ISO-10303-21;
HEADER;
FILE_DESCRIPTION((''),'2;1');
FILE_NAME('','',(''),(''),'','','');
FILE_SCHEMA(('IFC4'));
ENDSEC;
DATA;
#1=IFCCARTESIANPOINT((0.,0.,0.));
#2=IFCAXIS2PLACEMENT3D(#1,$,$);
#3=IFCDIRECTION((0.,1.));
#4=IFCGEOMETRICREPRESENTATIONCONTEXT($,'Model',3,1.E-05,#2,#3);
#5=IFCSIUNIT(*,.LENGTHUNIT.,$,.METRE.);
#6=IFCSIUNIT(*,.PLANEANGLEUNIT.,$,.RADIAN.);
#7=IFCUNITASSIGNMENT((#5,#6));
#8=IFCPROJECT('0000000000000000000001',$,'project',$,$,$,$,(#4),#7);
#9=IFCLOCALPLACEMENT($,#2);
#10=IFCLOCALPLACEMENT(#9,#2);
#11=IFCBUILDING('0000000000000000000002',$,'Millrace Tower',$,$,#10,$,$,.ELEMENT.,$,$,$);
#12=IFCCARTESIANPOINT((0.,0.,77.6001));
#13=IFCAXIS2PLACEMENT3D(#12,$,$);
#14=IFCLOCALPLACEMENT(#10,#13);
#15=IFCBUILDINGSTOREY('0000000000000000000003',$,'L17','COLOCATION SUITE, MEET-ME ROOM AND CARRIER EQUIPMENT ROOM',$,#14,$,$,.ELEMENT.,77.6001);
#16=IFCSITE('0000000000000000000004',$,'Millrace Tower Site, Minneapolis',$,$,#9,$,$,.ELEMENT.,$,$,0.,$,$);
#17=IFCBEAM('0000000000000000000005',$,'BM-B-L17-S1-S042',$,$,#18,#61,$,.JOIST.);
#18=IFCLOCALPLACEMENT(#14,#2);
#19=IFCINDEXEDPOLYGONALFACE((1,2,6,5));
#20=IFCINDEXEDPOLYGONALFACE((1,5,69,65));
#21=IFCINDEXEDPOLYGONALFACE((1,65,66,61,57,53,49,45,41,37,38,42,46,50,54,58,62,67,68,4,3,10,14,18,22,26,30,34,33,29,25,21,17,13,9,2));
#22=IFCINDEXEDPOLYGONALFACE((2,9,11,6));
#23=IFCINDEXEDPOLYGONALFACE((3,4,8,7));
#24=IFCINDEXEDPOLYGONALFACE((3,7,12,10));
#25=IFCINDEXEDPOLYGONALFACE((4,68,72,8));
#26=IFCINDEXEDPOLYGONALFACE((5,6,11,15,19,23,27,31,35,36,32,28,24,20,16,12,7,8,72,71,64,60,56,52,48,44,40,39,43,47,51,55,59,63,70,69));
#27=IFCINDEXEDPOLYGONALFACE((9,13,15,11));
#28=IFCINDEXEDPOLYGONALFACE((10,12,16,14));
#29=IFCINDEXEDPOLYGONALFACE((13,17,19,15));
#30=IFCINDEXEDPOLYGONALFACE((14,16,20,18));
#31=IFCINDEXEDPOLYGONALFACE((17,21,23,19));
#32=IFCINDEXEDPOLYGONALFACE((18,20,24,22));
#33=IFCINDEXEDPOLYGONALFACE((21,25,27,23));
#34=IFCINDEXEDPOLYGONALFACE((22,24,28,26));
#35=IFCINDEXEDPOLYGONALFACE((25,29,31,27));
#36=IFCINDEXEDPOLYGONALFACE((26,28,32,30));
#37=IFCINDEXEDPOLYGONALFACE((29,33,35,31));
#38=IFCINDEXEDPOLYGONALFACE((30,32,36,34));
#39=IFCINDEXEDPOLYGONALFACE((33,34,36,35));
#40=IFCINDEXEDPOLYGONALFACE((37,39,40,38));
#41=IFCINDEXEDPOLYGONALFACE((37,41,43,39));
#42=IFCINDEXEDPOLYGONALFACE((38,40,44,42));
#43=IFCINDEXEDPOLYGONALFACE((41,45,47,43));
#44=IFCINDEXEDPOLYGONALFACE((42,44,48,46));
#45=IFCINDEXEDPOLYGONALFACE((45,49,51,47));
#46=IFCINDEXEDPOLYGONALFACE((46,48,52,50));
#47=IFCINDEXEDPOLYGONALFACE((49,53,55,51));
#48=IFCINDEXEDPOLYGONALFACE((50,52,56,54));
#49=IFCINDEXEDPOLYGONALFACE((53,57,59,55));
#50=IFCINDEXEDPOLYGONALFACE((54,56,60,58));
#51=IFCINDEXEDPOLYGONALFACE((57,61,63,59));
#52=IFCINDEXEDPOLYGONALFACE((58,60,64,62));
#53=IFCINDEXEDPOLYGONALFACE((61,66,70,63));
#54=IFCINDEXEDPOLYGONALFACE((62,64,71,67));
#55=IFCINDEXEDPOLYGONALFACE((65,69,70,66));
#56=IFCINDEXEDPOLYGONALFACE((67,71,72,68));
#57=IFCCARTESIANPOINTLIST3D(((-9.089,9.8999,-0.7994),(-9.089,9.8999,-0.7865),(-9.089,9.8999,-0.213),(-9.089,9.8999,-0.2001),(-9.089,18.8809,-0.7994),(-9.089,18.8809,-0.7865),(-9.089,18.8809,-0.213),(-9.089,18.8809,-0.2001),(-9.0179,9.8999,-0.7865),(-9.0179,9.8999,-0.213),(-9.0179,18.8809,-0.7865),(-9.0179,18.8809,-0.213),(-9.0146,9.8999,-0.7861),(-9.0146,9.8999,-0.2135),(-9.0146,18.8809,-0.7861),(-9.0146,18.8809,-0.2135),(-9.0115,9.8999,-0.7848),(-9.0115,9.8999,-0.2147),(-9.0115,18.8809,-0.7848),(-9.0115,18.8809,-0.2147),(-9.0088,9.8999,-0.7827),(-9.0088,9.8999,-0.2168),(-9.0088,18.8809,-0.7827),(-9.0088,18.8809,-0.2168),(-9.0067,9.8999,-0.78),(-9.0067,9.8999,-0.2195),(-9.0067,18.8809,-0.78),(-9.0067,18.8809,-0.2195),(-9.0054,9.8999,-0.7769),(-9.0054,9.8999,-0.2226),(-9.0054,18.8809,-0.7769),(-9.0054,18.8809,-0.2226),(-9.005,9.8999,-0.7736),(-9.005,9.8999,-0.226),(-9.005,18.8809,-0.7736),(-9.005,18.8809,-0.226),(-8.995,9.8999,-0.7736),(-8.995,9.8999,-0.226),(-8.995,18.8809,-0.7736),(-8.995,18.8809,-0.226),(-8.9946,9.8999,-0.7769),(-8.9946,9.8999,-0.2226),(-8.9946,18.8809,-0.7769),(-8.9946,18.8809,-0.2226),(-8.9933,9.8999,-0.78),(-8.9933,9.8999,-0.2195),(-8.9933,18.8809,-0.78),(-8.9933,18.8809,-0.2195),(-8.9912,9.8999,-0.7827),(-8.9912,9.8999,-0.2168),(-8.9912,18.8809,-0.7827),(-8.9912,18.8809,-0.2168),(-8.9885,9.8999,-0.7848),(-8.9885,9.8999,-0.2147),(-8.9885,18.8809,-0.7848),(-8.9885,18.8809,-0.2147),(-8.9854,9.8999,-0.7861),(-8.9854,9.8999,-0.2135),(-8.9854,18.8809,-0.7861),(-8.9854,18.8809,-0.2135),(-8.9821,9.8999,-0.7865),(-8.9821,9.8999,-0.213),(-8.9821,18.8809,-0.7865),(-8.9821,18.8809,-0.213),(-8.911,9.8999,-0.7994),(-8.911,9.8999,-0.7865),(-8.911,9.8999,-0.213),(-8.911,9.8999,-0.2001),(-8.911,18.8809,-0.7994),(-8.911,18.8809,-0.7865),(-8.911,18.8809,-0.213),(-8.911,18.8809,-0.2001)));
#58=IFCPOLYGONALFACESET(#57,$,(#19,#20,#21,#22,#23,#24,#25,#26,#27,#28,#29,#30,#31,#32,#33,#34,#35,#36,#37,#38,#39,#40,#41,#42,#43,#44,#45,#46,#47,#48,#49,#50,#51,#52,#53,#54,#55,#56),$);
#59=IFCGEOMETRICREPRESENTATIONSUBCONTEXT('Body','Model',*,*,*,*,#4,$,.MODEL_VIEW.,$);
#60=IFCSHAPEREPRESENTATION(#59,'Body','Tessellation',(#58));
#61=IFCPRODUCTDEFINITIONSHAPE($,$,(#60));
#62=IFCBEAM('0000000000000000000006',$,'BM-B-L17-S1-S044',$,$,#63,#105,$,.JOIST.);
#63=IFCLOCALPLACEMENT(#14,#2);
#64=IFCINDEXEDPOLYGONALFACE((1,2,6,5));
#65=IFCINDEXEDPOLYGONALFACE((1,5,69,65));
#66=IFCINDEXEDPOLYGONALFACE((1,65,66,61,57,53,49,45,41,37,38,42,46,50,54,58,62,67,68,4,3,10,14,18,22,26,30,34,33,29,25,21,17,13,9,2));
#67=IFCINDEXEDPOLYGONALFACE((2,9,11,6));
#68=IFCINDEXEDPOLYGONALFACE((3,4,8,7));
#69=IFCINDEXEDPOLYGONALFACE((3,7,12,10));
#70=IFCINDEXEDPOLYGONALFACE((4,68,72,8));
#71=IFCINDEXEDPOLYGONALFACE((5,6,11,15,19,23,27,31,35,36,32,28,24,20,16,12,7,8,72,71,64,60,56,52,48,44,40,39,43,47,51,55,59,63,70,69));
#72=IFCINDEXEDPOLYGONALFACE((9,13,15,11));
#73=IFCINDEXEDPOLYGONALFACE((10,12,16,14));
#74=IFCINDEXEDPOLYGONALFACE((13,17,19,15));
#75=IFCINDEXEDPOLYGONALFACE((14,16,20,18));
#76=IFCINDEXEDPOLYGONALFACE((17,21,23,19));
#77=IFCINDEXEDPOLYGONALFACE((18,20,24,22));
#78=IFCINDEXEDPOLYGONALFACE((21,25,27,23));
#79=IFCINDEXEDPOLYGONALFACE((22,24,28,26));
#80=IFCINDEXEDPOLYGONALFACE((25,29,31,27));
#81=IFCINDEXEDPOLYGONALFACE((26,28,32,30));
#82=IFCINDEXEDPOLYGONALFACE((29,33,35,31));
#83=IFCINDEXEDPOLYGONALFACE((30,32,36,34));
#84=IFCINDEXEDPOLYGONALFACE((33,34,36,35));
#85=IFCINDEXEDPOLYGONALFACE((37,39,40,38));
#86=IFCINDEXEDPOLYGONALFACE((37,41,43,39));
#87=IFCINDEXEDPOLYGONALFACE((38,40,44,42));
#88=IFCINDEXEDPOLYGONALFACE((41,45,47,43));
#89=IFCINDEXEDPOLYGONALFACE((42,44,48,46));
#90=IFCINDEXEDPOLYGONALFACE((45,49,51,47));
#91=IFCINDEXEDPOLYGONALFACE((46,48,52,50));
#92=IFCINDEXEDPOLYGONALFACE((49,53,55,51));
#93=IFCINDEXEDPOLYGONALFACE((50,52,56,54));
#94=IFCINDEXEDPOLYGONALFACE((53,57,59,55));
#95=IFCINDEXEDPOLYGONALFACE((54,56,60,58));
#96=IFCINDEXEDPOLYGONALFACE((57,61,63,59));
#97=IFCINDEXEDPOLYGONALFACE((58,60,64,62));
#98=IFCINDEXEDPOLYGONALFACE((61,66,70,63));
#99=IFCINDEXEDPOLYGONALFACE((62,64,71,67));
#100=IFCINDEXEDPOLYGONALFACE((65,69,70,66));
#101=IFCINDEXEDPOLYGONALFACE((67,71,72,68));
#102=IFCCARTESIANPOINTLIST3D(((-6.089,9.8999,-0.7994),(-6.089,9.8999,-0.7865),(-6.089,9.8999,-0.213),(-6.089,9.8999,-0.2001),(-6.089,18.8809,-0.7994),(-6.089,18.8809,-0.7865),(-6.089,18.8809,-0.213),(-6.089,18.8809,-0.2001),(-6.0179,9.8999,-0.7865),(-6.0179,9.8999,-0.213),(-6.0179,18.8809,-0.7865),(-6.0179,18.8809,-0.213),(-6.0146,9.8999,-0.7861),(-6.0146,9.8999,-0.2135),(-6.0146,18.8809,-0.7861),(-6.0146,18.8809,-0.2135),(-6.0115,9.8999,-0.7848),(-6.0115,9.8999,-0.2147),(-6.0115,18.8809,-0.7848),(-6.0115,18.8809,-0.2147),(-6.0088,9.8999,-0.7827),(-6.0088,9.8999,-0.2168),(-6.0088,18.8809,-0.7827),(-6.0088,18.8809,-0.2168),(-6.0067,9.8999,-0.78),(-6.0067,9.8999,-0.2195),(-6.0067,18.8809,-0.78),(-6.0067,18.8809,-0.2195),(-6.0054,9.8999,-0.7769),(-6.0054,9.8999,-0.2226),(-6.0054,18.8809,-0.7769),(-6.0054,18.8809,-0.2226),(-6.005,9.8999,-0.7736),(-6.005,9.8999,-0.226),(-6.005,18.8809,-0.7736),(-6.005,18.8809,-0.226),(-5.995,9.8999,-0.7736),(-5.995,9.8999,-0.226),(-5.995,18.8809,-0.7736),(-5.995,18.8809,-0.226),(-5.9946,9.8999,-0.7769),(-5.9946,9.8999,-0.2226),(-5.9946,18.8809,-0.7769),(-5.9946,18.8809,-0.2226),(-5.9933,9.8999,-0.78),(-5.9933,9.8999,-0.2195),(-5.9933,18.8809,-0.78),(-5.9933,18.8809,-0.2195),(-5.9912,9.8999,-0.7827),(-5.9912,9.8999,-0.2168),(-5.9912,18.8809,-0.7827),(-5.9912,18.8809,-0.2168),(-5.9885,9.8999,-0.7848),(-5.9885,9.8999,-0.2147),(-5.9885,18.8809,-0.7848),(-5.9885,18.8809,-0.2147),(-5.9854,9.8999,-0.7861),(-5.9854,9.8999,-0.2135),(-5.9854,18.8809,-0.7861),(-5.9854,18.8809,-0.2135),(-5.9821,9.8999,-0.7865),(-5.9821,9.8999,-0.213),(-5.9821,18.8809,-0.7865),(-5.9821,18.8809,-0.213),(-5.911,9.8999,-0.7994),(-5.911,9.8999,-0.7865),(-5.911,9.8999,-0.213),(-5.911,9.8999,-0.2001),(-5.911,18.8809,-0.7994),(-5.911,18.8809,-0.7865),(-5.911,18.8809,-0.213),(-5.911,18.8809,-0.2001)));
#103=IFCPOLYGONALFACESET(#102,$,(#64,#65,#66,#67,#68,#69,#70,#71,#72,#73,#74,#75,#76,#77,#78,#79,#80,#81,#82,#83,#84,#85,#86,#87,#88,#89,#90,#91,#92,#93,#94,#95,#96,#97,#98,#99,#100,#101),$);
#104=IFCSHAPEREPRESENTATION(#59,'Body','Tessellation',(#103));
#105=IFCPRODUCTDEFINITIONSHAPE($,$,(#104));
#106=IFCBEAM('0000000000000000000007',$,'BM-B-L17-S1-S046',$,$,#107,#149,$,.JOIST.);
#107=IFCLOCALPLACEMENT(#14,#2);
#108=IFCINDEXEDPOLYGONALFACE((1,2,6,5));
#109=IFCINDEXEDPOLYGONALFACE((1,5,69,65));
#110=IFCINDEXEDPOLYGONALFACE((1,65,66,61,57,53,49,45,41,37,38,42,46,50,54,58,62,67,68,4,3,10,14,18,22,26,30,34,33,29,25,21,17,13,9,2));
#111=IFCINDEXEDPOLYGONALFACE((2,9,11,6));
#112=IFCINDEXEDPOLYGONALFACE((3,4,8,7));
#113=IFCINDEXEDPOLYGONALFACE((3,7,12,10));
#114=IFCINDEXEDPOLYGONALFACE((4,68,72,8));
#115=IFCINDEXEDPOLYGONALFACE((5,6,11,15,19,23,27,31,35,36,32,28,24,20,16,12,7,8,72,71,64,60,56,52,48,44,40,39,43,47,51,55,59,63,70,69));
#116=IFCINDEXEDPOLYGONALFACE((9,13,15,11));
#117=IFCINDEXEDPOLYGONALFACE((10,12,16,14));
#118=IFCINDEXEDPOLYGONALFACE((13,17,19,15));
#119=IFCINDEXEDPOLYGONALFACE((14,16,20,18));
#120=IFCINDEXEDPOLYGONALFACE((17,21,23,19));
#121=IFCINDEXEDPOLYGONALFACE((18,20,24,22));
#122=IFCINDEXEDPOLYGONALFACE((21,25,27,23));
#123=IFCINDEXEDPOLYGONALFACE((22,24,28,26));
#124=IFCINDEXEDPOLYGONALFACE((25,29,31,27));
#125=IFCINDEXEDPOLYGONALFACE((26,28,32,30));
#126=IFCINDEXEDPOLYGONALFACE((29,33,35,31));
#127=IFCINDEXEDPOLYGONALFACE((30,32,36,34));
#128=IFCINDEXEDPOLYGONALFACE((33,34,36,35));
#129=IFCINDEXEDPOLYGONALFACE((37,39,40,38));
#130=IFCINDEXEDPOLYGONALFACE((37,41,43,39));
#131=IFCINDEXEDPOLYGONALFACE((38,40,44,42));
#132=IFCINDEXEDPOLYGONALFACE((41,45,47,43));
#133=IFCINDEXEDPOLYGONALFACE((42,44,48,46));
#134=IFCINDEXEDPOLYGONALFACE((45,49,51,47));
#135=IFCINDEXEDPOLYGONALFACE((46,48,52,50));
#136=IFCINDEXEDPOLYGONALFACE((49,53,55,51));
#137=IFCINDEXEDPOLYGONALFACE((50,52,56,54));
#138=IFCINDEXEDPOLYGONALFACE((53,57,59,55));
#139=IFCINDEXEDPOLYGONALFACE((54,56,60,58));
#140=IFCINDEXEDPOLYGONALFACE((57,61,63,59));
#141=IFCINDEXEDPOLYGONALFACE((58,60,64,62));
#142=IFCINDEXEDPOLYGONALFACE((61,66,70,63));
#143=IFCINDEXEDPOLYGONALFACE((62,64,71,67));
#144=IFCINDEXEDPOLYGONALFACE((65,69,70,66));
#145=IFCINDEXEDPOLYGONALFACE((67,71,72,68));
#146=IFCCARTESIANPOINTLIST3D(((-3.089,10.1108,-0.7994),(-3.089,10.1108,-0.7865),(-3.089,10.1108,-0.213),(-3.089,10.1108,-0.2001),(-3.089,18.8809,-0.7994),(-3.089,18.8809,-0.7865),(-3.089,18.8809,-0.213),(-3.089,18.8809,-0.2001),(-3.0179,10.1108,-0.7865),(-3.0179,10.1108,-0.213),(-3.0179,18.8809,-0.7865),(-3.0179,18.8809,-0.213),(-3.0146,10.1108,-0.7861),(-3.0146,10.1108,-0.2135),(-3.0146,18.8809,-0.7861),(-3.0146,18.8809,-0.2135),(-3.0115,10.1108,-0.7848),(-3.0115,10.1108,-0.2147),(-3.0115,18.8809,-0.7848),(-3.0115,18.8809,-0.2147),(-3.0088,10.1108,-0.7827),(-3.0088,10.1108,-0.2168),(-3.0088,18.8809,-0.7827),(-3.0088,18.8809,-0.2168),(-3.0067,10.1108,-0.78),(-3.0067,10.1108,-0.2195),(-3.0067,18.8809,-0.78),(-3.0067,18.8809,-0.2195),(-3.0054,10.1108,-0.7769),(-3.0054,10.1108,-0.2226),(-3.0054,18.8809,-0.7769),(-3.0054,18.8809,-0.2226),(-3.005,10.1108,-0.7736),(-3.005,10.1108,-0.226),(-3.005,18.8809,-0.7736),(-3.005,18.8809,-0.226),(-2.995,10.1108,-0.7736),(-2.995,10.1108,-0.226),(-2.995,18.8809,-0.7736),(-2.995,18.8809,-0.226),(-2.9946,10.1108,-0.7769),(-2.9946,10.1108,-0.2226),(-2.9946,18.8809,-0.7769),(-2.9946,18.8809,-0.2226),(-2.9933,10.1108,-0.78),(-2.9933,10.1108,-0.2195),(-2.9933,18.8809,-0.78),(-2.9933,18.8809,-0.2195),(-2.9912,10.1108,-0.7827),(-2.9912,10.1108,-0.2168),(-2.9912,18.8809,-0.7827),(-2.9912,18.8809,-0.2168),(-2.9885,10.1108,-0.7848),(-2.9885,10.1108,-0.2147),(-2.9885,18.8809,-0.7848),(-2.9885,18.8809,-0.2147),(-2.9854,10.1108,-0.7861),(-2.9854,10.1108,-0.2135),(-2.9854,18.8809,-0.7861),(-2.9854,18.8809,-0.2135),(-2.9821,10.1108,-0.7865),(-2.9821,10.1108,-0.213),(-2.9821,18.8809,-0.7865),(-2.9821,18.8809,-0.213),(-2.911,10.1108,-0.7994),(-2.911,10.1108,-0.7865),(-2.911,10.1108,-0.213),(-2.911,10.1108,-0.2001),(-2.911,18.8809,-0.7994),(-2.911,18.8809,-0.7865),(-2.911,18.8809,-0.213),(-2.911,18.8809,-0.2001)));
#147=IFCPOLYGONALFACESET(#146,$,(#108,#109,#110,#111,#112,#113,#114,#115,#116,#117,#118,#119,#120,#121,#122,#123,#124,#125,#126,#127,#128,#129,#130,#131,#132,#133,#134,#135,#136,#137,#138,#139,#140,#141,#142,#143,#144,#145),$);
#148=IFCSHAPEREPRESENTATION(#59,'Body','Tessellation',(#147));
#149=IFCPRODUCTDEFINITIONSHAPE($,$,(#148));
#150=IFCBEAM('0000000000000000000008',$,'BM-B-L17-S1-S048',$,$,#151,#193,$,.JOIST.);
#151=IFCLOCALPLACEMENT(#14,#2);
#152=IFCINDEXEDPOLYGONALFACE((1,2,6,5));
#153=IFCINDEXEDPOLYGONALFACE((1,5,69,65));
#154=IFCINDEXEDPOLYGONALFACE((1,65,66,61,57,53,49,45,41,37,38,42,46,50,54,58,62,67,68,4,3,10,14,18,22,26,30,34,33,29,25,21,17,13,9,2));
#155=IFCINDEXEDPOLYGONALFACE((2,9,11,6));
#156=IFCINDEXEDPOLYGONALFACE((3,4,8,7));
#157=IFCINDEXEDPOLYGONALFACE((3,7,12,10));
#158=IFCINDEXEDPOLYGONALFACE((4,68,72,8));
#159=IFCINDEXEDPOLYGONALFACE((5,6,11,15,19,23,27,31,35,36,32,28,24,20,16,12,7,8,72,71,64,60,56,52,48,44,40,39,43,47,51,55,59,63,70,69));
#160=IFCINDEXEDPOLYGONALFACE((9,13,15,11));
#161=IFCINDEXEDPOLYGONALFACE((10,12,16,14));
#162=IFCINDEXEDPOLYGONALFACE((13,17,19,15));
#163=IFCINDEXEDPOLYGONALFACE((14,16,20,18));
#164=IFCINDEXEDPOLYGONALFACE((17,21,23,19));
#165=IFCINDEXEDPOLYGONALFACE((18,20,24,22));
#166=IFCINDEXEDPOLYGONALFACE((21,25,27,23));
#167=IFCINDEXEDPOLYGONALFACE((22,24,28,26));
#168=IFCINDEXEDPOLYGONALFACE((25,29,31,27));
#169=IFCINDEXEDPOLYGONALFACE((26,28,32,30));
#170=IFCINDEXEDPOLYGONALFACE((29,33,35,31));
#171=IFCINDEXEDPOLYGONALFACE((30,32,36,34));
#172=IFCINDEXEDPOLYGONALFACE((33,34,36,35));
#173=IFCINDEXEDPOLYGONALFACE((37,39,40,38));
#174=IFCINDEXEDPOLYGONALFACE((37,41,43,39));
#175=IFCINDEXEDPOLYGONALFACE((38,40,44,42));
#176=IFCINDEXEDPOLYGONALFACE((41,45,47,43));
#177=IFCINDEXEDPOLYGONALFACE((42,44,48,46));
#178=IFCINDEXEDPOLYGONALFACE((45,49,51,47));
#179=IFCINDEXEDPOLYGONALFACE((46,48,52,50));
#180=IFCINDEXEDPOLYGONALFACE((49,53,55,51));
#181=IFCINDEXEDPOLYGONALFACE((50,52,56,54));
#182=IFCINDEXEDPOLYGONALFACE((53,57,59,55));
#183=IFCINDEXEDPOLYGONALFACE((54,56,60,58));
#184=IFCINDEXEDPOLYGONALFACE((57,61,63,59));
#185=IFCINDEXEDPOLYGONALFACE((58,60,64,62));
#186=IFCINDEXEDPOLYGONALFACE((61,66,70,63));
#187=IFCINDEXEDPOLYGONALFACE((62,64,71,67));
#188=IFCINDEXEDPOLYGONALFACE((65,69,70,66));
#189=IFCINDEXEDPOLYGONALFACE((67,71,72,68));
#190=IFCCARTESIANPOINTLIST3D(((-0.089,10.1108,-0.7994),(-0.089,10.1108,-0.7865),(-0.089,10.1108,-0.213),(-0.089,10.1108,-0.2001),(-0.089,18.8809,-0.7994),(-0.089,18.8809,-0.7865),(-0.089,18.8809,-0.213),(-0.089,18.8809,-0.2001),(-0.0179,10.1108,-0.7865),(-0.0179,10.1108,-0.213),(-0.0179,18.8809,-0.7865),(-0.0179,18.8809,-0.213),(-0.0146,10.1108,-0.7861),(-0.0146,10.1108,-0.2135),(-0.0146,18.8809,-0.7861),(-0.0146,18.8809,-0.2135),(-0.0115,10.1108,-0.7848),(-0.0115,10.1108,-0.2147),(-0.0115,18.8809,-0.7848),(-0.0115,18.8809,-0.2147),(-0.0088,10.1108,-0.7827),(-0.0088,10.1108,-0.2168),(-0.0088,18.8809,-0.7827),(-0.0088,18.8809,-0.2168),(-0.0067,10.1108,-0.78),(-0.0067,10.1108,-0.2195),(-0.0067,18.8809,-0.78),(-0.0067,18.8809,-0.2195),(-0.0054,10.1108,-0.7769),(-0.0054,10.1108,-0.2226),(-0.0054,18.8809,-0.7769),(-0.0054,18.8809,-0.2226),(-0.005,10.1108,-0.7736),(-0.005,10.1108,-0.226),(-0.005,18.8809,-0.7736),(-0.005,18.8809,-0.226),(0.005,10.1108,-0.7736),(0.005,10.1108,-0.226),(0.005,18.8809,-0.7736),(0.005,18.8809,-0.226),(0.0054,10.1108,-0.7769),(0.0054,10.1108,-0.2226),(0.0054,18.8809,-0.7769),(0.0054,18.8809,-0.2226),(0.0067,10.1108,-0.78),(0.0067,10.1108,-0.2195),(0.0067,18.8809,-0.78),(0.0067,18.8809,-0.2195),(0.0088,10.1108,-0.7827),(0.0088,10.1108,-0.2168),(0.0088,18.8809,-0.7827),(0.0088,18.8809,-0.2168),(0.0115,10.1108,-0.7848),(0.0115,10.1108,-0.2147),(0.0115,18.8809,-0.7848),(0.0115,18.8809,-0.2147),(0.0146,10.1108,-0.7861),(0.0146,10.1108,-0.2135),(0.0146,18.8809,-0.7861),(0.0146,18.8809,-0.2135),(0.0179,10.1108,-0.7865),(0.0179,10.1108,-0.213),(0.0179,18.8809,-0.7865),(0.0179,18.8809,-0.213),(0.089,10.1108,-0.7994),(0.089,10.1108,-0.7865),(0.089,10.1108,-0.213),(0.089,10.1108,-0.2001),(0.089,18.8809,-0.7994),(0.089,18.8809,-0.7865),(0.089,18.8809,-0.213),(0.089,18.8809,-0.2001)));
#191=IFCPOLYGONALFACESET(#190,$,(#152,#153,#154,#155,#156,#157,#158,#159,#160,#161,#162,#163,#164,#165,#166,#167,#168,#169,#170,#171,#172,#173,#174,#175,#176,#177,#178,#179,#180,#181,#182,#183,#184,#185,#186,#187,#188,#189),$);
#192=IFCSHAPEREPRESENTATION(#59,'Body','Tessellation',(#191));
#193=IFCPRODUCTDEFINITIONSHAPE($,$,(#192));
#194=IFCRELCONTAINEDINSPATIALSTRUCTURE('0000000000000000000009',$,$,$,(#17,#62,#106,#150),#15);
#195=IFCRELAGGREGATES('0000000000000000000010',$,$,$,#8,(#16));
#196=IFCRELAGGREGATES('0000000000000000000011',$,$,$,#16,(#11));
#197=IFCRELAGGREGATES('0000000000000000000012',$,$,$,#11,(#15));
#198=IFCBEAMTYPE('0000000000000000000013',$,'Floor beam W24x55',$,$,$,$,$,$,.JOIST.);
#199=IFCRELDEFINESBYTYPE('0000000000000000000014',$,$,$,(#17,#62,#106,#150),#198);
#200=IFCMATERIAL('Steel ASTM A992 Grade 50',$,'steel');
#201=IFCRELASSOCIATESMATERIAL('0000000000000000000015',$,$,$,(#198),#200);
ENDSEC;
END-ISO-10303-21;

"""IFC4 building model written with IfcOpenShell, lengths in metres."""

from ifc_helpers import new_model, si_unit, direction, frame, origin, origin_2d, place, context, subcontext, project, spatial, i_section, extrude, material, material_profile, profile_set, type_object, element, save


model = new_model("IFC4")

# Units and contexts
model_context = context("Model", 3, precision=1e-05, world=origin(), true_north=direction((0.0, 1.0)))
body_context = subcontext(model_context, "Body", "Model", "MODEL_VIEW")
ifc_project = project(units=[si_unit("LENGTHUNIT", "METRE"), si_unit("PLANEANGLEUNIT", "RADIAN")], contexts=[model_context])

# Site, building, storey
site_placement = place(None, origin())
site = spatial("IfcSite", under=ifc_project, at=site_placement, Name="Millrace Tower Site, Minneapolis", CompositionType="ELEMENT", RefElevation=0.0)
building_placement = place(site_placement, origin())
building = spatial("IfcBuilding", under=site, at=building_placement, Name="Millrace Tower", CompositionType="ELEMENT")
storey_placement = place(building_placement, frame((0.0, 0.0, 77.6001)))
storey = spatial("IfcBuildingStorey", under=building, at=storey_placement, Name="L17", Description="COLOCATION SUITE, MEET-ME ROOM AND CARRIER EQUIPMENT ROOM", CompositionType="ELEMENT", Elevation=77.6001)

# Beams
ifc_material_1 = material(Name="Steel ASTM A992 Grade 50", Category="steel")
ifc_material_profile_1 = material_profile(ifc_material_1, i_section(OverallWidth=0.178, OverallDepth=0.5994, WebThickness=0.01, FlangeThickness=0.0129, FilletRadius=0.0129, at=origin_2d()))
ifc_profile_set_1 = profile_set([ifc_material_profile_1], Name="Steel ASTM A992 Grade 50")
beam_type_1 = type_object("IfcBeamType", Name="Floor beam W24x55", PredefinedType="JOIST", material=ifc_profile_set_1)
for number, where, z_axis, x_axis, name in (
    (1, (-9.0, 9.8999, -0.4998), (0.0, 1.0, 0.0), (-1.0, 0.0, 0.0), "BM-B-L17-S1-S042"),
    (2, (-6.0, 9.8999, -0.4998), (0.0, 1.0, 0.0), (-1.0, 0.0, 0.0), "BM-B-L17-S1-S044"),
):
    element("IfcBeam", number, at=place(storey_placement, frame(where, z_axis=z_axis, x_axis=x_axis)), inside=storey, type_object=beam_type_1, Name=name, PredefinedType="JOIST", context=body_context, shape_type="SweptSolid", body=[
        extrude(i_section(OverallWidth=0.178, OverallDepth=0.5994, WebThickness=0.01, FlangeThickness=0.0129, FilletRadius=0.0129, at=origin_2d()), origin(), (0.0, 0.0, 1.0), 8.981),
    ])
for number, where, z_axis, x_axis, name in (
    (3, (-3.0, 10.1108, -0.4998), (0.0, 1.0, 0.0), (-1.0, 0.0, 0.0), "BM-B-L17-S1-S046"),
    (4, (0.0, 10.1108, -0.4998), (0.0, 1.0, 0.0), (-1.0, 0.0, 0.0), "BM-B-L17-S1-S048"),
):
    element("IfcBeam", number, at=place(storey_placement, frame(where, z_axis=z_axis, x_axis=x_axis)), inside=storey, type_object=beam_type_1, Name=name, PredefinedType="JOIST", context=body_context, shape_type="SweptSolid", body=[
        extrude(i_section(OverallWidth=0.178, OverallDepth=0.5994, WebThickness=0.01, FlangeThickness=0.0129, FilletRadius=0.0129, at=origin_2d()), origin(), (0.0, 0.0, 1.0), 8.77),
    ])

save(model, "model.ifc")
